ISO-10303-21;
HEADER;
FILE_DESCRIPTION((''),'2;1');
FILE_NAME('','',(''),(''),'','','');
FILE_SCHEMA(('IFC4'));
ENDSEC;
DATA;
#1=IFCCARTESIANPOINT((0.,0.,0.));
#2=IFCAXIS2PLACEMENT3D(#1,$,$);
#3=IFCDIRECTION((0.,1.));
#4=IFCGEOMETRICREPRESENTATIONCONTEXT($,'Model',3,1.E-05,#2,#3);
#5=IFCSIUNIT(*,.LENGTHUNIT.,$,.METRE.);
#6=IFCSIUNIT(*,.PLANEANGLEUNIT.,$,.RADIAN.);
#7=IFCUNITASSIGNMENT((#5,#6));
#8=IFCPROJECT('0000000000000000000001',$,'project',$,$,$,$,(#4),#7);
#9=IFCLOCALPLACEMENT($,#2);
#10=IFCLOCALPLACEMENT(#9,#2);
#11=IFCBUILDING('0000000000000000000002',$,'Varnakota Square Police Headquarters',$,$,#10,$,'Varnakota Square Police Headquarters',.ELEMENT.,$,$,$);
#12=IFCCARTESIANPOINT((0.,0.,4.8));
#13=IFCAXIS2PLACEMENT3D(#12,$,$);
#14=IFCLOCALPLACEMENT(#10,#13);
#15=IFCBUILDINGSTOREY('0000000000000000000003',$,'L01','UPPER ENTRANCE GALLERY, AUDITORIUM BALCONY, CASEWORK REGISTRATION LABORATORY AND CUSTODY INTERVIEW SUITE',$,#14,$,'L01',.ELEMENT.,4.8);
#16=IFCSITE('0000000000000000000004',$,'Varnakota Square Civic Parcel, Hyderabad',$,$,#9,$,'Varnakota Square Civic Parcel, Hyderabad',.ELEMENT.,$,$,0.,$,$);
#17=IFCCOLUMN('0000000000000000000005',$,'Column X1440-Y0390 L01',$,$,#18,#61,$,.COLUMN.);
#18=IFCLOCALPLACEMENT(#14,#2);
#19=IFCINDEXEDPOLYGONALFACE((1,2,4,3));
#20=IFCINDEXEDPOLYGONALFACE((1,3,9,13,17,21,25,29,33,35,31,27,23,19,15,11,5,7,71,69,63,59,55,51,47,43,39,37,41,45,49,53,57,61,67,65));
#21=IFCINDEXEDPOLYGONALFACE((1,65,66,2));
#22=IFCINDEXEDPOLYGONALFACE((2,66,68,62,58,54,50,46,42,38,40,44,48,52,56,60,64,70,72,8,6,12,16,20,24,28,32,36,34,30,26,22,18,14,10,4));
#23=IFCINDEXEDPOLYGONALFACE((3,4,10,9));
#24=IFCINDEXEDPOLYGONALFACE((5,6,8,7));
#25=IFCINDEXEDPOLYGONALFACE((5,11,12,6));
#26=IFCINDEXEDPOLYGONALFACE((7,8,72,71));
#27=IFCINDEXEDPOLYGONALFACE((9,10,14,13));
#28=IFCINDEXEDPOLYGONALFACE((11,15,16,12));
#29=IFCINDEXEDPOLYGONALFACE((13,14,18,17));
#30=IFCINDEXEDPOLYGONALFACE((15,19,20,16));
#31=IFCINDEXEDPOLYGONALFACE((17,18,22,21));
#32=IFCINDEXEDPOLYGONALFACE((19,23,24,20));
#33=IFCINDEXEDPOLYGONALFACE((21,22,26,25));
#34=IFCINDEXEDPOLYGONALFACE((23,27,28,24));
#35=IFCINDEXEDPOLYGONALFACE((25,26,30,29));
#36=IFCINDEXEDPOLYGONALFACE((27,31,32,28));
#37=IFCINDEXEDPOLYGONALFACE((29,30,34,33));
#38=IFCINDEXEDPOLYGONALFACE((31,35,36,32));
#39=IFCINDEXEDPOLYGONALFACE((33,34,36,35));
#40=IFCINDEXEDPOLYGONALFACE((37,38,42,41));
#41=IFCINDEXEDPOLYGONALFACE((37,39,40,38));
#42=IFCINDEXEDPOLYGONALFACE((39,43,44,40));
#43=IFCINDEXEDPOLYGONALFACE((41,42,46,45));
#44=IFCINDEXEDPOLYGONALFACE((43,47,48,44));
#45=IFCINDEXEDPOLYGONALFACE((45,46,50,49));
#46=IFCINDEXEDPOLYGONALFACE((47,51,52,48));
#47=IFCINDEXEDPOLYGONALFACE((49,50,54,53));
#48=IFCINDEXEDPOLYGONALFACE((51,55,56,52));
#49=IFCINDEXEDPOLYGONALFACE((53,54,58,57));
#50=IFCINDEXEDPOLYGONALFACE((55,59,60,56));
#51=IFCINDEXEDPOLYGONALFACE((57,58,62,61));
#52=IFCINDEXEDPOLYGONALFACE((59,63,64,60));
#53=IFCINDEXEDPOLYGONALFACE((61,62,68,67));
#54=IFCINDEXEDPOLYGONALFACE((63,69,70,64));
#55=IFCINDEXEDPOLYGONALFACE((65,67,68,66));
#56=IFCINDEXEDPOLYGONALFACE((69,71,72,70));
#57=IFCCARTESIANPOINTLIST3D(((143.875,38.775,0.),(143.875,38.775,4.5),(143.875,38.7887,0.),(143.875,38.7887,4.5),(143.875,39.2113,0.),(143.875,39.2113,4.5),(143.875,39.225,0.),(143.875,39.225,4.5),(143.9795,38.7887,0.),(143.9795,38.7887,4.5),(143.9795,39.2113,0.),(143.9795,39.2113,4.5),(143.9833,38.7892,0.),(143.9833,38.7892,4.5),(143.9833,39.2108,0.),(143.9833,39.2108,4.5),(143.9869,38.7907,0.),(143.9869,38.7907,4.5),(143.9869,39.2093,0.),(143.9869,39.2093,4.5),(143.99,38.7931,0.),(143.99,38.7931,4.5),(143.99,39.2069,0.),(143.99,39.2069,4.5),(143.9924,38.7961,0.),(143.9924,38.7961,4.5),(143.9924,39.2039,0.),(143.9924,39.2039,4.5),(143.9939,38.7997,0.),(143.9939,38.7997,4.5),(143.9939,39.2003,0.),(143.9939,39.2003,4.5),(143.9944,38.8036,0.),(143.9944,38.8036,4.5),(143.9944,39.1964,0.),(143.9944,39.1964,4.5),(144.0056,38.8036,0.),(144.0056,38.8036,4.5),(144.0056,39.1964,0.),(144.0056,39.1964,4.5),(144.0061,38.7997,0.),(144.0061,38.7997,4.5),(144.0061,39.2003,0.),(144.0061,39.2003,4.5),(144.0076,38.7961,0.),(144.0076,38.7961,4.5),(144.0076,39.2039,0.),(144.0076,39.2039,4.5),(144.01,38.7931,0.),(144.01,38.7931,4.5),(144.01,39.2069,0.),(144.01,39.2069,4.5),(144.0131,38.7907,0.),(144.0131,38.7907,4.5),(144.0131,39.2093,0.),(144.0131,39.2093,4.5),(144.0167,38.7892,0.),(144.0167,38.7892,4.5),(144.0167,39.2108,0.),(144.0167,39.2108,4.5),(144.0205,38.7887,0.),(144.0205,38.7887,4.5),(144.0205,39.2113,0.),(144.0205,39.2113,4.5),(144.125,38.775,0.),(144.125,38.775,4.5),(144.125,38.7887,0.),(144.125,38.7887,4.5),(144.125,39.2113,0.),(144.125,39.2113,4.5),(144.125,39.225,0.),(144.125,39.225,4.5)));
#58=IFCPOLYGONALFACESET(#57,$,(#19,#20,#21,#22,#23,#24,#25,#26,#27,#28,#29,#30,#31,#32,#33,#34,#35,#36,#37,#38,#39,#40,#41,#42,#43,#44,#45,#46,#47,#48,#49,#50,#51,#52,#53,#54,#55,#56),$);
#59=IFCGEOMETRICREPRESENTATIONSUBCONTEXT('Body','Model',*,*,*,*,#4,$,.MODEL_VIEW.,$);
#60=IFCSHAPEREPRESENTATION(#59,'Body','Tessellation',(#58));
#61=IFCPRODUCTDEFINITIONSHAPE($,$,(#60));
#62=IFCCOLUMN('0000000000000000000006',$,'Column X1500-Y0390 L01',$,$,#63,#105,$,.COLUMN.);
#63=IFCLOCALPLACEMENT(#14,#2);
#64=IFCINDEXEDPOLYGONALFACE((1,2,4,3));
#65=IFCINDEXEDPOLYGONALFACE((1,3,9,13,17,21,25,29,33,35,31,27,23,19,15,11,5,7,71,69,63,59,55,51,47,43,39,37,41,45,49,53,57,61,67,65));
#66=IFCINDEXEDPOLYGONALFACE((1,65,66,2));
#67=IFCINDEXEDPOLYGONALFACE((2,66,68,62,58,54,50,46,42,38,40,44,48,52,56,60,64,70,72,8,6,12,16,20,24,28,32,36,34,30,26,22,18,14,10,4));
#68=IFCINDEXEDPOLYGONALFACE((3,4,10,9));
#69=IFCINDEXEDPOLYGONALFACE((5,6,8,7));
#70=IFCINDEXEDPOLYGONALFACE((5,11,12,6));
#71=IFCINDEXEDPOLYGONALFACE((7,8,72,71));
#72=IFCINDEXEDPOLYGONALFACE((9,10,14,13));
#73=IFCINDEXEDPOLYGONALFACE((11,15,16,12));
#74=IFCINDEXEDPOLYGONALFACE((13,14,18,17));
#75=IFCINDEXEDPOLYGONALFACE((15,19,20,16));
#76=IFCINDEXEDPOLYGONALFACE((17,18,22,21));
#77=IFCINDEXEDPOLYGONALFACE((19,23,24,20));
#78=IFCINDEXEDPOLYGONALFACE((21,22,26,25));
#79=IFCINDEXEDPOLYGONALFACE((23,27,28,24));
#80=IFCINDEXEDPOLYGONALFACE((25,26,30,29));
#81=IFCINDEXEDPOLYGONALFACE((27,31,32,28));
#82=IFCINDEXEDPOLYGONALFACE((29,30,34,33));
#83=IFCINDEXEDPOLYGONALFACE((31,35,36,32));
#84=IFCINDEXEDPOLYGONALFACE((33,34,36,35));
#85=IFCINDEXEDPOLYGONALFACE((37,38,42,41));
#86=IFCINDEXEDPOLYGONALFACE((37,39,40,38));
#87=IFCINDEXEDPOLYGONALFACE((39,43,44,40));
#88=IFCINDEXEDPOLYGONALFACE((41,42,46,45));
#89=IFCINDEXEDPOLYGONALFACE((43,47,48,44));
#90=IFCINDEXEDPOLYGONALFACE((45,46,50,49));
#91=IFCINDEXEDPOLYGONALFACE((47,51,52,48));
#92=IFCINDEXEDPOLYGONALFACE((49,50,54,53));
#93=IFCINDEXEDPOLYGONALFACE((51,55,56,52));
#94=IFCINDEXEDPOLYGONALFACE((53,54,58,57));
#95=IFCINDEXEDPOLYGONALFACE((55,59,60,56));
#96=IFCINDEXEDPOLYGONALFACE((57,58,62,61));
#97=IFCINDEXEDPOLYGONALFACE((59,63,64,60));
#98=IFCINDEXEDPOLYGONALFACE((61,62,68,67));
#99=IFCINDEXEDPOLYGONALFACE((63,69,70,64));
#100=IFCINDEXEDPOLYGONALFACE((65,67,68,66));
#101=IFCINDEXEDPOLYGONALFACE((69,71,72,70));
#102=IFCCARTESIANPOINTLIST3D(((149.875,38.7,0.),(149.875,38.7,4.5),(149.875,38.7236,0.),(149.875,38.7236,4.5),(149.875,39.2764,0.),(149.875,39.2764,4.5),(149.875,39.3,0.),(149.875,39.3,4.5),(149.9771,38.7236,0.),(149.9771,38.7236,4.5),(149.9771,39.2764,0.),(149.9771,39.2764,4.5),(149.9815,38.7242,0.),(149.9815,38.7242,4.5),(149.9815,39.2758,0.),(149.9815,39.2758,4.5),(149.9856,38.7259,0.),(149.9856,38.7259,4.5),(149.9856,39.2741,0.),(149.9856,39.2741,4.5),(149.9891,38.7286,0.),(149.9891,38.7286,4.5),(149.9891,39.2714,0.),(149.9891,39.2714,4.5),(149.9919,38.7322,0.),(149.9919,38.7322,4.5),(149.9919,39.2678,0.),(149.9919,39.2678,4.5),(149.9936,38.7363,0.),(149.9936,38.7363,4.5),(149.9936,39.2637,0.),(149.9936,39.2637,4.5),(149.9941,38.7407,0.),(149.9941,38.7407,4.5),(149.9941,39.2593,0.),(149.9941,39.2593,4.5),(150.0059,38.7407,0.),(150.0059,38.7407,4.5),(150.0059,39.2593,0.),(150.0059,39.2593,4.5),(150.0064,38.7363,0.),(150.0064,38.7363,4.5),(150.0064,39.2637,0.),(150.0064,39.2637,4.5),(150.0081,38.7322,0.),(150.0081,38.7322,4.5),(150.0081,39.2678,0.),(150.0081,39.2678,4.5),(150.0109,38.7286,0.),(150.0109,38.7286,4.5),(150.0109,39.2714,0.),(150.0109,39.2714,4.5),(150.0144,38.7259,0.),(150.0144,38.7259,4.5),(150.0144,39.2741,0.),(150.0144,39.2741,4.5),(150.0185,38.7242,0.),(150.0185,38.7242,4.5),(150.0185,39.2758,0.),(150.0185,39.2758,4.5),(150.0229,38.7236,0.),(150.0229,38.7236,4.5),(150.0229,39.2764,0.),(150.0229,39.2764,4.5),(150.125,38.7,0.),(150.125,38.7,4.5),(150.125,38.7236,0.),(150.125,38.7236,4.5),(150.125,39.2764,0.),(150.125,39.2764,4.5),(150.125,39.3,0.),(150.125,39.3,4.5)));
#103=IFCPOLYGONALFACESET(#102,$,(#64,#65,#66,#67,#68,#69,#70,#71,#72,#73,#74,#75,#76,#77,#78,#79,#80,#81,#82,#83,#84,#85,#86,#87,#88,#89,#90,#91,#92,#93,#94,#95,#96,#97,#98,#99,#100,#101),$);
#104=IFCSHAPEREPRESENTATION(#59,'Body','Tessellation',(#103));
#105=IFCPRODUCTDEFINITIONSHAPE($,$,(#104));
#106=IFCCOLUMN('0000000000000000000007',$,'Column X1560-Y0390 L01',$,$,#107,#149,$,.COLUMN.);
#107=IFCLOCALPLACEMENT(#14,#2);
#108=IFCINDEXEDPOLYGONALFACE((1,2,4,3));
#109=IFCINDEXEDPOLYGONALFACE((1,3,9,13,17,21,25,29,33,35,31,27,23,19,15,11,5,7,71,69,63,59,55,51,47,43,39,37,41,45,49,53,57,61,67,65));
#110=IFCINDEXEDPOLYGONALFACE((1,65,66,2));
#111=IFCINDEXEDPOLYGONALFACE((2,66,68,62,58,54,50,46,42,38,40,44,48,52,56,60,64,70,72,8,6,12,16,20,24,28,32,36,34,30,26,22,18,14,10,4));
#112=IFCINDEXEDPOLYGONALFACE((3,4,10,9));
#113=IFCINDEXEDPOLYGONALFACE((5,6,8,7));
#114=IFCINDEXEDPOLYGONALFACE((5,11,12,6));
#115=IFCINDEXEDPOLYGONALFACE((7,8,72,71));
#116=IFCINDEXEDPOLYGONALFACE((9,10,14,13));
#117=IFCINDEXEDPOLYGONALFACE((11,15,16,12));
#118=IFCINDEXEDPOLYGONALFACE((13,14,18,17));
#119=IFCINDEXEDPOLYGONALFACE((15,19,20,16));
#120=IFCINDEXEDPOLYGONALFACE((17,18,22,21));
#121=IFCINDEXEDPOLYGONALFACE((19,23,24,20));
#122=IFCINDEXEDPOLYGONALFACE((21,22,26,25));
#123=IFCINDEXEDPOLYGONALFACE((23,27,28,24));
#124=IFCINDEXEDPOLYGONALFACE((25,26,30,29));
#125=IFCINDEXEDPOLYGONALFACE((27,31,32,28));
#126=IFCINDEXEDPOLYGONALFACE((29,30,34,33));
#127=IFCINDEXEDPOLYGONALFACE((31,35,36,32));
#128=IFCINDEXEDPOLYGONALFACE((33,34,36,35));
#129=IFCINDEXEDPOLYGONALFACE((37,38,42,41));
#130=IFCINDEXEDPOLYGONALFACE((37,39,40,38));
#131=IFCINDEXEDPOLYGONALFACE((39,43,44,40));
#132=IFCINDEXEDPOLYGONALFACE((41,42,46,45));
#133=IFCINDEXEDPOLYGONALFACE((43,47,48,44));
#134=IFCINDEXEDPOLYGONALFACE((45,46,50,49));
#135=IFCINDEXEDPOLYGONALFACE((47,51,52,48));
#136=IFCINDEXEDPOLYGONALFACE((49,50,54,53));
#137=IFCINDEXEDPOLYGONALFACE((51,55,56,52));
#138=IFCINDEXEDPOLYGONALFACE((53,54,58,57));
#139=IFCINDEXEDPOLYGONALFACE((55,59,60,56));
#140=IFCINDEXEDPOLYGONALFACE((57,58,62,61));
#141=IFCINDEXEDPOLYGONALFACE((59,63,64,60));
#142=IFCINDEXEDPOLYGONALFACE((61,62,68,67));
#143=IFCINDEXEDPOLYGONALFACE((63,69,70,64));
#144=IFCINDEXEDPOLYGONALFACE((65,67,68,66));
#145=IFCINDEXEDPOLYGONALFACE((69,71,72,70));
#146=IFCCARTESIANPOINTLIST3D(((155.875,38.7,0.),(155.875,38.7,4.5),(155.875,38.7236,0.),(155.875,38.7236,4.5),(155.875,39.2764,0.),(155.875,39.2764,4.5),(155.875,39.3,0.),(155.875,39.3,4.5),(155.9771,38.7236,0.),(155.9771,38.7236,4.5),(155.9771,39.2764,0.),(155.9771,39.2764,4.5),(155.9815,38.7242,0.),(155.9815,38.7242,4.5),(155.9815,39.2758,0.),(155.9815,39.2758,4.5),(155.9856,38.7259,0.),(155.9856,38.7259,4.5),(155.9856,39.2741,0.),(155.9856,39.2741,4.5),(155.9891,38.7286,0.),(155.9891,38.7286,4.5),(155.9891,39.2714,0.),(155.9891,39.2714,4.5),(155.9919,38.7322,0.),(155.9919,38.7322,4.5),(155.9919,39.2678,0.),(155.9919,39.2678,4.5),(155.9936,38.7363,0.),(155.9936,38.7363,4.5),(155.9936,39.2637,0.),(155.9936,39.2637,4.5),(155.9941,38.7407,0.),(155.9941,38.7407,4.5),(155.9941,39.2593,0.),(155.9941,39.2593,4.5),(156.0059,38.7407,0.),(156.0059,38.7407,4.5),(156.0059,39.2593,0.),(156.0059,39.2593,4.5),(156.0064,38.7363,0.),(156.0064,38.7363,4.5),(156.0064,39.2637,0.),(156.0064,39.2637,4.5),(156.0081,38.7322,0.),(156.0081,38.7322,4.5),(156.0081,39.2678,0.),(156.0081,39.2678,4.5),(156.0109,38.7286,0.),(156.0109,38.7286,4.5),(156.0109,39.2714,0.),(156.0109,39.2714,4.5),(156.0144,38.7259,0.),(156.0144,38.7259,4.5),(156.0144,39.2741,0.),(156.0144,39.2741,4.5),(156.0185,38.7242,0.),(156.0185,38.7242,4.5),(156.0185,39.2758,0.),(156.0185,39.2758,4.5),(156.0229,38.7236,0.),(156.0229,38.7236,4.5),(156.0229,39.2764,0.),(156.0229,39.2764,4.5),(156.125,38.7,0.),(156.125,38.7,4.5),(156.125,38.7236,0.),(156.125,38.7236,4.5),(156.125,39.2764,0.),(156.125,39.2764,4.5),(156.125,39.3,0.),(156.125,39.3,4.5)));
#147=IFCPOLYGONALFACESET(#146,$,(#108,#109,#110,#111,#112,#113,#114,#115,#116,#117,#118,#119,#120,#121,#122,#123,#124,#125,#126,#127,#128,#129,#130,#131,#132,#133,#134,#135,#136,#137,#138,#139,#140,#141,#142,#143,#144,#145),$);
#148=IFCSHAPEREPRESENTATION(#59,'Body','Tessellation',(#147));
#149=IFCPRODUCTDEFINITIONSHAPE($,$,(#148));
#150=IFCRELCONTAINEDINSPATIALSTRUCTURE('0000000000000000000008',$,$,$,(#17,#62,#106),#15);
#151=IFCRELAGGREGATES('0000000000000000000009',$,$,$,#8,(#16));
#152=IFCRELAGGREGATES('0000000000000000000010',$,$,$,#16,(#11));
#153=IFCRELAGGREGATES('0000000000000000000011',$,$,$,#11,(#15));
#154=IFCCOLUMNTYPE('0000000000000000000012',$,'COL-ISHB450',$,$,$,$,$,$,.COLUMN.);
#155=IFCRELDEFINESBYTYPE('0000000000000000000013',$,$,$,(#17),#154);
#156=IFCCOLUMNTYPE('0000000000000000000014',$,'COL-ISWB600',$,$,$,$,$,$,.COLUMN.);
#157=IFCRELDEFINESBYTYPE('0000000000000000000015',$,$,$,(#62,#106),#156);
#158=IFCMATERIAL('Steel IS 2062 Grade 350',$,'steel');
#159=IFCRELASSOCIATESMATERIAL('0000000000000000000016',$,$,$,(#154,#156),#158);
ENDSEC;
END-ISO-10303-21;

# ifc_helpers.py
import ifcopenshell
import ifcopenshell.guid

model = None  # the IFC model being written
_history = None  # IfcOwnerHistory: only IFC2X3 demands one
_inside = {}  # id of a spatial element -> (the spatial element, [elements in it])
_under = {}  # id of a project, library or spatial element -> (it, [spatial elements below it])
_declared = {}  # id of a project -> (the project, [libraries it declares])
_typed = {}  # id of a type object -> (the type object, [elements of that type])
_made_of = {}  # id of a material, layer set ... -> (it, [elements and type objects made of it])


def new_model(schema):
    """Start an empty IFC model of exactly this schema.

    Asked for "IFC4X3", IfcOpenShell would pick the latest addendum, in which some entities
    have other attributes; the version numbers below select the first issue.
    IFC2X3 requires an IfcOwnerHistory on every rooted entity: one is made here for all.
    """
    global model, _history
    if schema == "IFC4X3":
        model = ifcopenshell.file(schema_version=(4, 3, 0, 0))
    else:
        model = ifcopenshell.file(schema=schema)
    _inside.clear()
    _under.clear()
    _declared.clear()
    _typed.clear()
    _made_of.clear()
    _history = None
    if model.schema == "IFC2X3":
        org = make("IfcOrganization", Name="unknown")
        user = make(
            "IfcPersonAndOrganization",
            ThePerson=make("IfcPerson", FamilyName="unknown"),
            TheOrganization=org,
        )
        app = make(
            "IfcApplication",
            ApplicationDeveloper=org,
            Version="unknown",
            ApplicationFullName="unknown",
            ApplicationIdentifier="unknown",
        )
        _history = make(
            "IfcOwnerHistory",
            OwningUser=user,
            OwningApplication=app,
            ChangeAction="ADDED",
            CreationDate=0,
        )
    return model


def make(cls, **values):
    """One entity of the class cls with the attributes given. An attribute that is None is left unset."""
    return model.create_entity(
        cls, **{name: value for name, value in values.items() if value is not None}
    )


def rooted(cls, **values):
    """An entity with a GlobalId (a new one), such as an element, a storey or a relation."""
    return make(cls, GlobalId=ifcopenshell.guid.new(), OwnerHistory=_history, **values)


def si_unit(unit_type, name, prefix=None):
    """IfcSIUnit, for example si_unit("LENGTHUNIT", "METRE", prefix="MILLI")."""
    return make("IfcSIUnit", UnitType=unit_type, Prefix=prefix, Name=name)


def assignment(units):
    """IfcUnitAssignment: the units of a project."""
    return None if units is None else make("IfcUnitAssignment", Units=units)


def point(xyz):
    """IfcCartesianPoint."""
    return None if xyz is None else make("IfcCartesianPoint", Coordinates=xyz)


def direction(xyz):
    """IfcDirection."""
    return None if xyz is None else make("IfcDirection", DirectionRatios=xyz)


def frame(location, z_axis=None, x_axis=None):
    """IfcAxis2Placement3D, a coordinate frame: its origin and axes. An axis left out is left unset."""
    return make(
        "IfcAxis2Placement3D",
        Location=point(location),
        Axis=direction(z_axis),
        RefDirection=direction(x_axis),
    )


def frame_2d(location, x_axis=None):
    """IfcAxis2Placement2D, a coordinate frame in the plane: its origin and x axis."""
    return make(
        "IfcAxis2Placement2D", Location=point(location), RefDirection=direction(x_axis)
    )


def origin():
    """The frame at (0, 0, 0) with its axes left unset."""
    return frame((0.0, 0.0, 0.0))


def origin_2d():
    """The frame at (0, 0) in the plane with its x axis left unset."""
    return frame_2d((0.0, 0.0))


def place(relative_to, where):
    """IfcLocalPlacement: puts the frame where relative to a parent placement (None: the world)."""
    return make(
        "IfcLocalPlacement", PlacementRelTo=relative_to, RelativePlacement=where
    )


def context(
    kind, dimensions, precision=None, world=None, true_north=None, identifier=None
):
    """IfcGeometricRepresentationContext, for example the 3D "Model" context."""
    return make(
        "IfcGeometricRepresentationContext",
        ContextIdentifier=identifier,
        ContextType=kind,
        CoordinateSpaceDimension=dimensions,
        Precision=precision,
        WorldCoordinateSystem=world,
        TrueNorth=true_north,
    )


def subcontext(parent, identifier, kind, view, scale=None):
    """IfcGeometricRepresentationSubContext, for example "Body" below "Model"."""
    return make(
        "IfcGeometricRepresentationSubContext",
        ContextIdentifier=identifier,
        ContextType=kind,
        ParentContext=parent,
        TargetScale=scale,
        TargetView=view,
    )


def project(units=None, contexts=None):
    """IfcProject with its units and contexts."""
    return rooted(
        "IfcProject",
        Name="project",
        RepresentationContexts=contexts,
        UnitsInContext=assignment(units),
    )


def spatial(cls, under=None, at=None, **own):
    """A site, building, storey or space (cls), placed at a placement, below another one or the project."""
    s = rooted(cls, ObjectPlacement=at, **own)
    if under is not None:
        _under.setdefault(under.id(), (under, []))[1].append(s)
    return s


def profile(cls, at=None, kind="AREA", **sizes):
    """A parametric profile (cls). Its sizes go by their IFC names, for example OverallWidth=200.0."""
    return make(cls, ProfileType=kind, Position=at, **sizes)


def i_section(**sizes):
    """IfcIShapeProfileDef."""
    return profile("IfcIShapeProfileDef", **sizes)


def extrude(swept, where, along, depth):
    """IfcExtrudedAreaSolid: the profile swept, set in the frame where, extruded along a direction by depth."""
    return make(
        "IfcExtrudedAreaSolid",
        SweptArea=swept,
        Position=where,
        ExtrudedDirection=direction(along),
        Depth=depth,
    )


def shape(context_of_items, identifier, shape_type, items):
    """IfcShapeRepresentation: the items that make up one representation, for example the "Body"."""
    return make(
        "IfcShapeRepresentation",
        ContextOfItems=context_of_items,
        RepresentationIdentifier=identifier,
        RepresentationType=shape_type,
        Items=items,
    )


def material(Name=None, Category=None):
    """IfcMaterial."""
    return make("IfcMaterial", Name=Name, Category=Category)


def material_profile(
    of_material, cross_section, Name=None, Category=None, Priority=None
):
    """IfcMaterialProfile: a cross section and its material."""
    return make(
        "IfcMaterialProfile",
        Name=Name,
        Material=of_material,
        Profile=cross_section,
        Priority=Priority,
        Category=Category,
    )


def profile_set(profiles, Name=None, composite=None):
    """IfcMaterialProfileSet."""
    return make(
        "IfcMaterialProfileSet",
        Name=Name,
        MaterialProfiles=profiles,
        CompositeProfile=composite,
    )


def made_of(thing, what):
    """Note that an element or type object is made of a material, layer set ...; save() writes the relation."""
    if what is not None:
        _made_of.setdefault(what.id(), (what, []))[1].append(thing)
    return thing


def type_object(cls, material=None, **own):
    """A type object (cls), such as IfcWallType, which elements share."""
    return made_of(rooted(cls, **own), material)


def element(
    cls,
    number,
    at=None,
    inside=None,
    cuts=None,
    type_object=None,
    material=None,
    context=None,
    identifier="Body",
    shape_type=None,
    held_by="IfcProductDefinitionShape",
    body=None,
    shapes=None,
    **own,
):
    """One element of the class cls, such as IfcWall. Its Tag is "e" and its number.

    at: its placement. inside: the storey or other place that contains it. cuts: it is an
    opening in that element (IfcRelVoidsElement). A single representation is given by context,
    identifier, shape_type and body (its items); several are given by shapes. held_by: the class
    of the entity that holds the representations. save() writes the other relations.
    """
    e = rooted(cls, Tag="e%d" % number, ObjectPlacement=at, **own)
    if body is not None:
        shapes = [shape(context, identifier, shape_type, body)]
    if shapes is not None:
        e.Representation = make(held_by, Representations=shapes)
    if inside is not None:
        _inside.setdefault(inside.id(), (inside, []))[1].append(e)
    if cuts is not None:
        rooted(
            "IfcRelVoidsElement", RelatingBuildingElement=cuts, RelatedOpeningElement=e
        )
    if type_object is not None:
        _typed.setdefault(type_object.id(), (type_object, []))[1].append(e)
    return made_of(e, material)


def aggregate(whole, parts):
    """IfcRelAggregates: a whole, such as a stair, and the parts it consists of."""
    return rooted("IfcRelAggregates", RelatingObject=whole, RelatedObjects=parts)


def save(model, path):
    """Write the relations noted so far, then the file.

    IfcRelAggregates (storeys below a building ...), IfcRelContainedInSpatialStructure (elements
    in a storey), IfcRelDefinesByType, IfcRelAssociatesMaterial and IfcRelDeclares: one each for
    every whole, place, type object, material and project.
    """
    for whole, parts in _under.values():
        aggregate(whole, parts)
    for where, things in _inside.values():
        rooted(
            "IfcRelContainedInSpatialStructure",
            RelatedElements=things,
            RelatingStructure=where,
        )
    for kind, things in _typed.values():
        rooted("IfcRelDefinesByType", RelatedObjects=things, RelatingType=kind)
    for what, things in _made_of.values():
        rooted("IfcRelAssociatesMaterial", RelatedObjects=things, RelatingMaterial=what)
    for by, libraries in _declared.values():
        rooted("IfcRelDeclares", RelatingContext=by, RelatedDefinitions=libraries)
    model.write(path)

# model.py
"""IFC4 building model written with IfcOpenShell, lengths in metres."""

from ifc_helpers import new_model, si_unit, direction, frame, origin, origin_2d, place, context, subcontext, project, spatial, i_section, extrude, material, material_profile, profile_set, type_object, element, save


model = new_model("IFC4")

# Units and contexts
model_context = context("Model", 3, precision=1e-05, world=origin(), true_north=direction((0.0, 1.0)))
body_context = subcontext(model_context, "Body", "Model", "MODEL_VIEW")
ifc_project = project(units=[si_unit("LENGTHUNIT", "METRE"), si_unit("PLANEANGLEUNIT", "RADIAN")], contexts=[model_context])

# Site, building, storey
site_placement = place(None, origin())
site = spatial("IfcSite", under=ifc_project, at=site_placement, Name="Varnakota Square Civic Parcel, Hyderabad", LongName="Varnakota Square Civic Parcel, Hyderabad", CompositionType="ELEMENT", RefElevation=0.0)
building_placement = place(site_placement, origin())
building = spatial("IfcBuilding", under=site, at=building_placement, Name="Varnakota Square Police Headquarters", LongName="Varnakota Square Police Headquarters", CompositionType="ELEMENT")
storey_placement = place(building_placement, frame((0.0, 0.0, 4.8)))
storey = spatial("IfcBuildingStorey", under=building, at=storey_placement, Name="L01", Description="UPPER ENTRANCE GALLERY, AUDITORIUM BALCONY, CASEWORK REGISTRATION LABORATORY AND CUSTODY INTERVIEW SUITE", LongName="L01", CompositionType="ELEMENT", Elevation=4.8)

# Columns
ifc_material_1 = material(Name="Steel IS 2062 Grade 350", Category="steel")
ifc_material_profile_1 = material_profile(ifc_material_1, i_section(OverallWidth=0.25, OverallDepth=0.45, WebThickness=0.0112, FlangeThickness=0.0137, FilletRadius=0.0149, at=origin_2d()), Name="ISHB 450")
ifc_profile_set_1 = profile_set([ifc_material_profile_1], Name="Steel IS 2062 Grade 350")
column_type_1 = type_object("IfcColumnType", Name="COL-ISHB450", PredefinedType="COLUMN", material=ifc_profile_set_1)
column_placement = place(storey_placement, frame((144.0, 39.0, 0.0), z_axis=(0.0, 0.0, 1.0), x_axis=(1.0, 0.0, 0.0)))
element("IfcColumn", 1, at=column_placement, inside=storey, type_object=column_type_1, Name="Column X1440-Y0390 L01", PredefinedType="COLUMN", context=body_context, shape_type="SweptSolid", body=[
    extrude(i_section(OverallWidth=0.25, OverallDepth=0.45, WebThickness=0.0112, FlangeThickness=0.0137, FilletRadius=0.0149, at=origin_2d()), origin(), (0.0, 0.0, 1.0), 4.5),
])
ifc_material_profile_2 = material_profile(ifc_material_1, i_section(OverallWidth=0.25, OverallDepth=0.6001, WebThickness=0.0117, FlangeThickness=0.0237, FilletRadius=0.0171, at=origin_2d()), Name="ISWB 600")
ifc_profile_set_2 = profile_set([ifc_material_profile_2], Name="Steel IS 2062 Grade 350")
column_type_2 = type_object("IfcColumnType", Name="COL-ISWB600", PredefinedType="COLUMN", material=ifc_profile_set_2)
for number, where, z_axis, x_axis, name in (
    (2, (150.0, 39.0, 0.0), (0.0, 0.0, 1.0), (1.0, 0.0, 0.0), "Column X1500-Y0390 L01"),
    (3, (156.0, 39.0, 0.0), (0.0, 0.0, 1.0), (1.0, 0.0, 0.0), "Column X1560-Y0390 L01"),
):
    element("IfcColumn", number, at=place(storey_placement, frame(where, z_axis=z_axis, x_axis=x_axis)), inside=storey, type_object=column_type_2, Name=name, PredefinedType="COLUMN", context=body_context, shape_type="SweptSolid", body=[
        extrude(i_section(OverallWidth=0.25, OverallDepth=0.6001, WebThickness=0.0117, FlangeThickness=0.0237, FilletRadius=0.0171, at=origin_2d()), origin(), (0.0, 0.0, 1.0), 4.5),
    ])

save(model, "model.ifc")
